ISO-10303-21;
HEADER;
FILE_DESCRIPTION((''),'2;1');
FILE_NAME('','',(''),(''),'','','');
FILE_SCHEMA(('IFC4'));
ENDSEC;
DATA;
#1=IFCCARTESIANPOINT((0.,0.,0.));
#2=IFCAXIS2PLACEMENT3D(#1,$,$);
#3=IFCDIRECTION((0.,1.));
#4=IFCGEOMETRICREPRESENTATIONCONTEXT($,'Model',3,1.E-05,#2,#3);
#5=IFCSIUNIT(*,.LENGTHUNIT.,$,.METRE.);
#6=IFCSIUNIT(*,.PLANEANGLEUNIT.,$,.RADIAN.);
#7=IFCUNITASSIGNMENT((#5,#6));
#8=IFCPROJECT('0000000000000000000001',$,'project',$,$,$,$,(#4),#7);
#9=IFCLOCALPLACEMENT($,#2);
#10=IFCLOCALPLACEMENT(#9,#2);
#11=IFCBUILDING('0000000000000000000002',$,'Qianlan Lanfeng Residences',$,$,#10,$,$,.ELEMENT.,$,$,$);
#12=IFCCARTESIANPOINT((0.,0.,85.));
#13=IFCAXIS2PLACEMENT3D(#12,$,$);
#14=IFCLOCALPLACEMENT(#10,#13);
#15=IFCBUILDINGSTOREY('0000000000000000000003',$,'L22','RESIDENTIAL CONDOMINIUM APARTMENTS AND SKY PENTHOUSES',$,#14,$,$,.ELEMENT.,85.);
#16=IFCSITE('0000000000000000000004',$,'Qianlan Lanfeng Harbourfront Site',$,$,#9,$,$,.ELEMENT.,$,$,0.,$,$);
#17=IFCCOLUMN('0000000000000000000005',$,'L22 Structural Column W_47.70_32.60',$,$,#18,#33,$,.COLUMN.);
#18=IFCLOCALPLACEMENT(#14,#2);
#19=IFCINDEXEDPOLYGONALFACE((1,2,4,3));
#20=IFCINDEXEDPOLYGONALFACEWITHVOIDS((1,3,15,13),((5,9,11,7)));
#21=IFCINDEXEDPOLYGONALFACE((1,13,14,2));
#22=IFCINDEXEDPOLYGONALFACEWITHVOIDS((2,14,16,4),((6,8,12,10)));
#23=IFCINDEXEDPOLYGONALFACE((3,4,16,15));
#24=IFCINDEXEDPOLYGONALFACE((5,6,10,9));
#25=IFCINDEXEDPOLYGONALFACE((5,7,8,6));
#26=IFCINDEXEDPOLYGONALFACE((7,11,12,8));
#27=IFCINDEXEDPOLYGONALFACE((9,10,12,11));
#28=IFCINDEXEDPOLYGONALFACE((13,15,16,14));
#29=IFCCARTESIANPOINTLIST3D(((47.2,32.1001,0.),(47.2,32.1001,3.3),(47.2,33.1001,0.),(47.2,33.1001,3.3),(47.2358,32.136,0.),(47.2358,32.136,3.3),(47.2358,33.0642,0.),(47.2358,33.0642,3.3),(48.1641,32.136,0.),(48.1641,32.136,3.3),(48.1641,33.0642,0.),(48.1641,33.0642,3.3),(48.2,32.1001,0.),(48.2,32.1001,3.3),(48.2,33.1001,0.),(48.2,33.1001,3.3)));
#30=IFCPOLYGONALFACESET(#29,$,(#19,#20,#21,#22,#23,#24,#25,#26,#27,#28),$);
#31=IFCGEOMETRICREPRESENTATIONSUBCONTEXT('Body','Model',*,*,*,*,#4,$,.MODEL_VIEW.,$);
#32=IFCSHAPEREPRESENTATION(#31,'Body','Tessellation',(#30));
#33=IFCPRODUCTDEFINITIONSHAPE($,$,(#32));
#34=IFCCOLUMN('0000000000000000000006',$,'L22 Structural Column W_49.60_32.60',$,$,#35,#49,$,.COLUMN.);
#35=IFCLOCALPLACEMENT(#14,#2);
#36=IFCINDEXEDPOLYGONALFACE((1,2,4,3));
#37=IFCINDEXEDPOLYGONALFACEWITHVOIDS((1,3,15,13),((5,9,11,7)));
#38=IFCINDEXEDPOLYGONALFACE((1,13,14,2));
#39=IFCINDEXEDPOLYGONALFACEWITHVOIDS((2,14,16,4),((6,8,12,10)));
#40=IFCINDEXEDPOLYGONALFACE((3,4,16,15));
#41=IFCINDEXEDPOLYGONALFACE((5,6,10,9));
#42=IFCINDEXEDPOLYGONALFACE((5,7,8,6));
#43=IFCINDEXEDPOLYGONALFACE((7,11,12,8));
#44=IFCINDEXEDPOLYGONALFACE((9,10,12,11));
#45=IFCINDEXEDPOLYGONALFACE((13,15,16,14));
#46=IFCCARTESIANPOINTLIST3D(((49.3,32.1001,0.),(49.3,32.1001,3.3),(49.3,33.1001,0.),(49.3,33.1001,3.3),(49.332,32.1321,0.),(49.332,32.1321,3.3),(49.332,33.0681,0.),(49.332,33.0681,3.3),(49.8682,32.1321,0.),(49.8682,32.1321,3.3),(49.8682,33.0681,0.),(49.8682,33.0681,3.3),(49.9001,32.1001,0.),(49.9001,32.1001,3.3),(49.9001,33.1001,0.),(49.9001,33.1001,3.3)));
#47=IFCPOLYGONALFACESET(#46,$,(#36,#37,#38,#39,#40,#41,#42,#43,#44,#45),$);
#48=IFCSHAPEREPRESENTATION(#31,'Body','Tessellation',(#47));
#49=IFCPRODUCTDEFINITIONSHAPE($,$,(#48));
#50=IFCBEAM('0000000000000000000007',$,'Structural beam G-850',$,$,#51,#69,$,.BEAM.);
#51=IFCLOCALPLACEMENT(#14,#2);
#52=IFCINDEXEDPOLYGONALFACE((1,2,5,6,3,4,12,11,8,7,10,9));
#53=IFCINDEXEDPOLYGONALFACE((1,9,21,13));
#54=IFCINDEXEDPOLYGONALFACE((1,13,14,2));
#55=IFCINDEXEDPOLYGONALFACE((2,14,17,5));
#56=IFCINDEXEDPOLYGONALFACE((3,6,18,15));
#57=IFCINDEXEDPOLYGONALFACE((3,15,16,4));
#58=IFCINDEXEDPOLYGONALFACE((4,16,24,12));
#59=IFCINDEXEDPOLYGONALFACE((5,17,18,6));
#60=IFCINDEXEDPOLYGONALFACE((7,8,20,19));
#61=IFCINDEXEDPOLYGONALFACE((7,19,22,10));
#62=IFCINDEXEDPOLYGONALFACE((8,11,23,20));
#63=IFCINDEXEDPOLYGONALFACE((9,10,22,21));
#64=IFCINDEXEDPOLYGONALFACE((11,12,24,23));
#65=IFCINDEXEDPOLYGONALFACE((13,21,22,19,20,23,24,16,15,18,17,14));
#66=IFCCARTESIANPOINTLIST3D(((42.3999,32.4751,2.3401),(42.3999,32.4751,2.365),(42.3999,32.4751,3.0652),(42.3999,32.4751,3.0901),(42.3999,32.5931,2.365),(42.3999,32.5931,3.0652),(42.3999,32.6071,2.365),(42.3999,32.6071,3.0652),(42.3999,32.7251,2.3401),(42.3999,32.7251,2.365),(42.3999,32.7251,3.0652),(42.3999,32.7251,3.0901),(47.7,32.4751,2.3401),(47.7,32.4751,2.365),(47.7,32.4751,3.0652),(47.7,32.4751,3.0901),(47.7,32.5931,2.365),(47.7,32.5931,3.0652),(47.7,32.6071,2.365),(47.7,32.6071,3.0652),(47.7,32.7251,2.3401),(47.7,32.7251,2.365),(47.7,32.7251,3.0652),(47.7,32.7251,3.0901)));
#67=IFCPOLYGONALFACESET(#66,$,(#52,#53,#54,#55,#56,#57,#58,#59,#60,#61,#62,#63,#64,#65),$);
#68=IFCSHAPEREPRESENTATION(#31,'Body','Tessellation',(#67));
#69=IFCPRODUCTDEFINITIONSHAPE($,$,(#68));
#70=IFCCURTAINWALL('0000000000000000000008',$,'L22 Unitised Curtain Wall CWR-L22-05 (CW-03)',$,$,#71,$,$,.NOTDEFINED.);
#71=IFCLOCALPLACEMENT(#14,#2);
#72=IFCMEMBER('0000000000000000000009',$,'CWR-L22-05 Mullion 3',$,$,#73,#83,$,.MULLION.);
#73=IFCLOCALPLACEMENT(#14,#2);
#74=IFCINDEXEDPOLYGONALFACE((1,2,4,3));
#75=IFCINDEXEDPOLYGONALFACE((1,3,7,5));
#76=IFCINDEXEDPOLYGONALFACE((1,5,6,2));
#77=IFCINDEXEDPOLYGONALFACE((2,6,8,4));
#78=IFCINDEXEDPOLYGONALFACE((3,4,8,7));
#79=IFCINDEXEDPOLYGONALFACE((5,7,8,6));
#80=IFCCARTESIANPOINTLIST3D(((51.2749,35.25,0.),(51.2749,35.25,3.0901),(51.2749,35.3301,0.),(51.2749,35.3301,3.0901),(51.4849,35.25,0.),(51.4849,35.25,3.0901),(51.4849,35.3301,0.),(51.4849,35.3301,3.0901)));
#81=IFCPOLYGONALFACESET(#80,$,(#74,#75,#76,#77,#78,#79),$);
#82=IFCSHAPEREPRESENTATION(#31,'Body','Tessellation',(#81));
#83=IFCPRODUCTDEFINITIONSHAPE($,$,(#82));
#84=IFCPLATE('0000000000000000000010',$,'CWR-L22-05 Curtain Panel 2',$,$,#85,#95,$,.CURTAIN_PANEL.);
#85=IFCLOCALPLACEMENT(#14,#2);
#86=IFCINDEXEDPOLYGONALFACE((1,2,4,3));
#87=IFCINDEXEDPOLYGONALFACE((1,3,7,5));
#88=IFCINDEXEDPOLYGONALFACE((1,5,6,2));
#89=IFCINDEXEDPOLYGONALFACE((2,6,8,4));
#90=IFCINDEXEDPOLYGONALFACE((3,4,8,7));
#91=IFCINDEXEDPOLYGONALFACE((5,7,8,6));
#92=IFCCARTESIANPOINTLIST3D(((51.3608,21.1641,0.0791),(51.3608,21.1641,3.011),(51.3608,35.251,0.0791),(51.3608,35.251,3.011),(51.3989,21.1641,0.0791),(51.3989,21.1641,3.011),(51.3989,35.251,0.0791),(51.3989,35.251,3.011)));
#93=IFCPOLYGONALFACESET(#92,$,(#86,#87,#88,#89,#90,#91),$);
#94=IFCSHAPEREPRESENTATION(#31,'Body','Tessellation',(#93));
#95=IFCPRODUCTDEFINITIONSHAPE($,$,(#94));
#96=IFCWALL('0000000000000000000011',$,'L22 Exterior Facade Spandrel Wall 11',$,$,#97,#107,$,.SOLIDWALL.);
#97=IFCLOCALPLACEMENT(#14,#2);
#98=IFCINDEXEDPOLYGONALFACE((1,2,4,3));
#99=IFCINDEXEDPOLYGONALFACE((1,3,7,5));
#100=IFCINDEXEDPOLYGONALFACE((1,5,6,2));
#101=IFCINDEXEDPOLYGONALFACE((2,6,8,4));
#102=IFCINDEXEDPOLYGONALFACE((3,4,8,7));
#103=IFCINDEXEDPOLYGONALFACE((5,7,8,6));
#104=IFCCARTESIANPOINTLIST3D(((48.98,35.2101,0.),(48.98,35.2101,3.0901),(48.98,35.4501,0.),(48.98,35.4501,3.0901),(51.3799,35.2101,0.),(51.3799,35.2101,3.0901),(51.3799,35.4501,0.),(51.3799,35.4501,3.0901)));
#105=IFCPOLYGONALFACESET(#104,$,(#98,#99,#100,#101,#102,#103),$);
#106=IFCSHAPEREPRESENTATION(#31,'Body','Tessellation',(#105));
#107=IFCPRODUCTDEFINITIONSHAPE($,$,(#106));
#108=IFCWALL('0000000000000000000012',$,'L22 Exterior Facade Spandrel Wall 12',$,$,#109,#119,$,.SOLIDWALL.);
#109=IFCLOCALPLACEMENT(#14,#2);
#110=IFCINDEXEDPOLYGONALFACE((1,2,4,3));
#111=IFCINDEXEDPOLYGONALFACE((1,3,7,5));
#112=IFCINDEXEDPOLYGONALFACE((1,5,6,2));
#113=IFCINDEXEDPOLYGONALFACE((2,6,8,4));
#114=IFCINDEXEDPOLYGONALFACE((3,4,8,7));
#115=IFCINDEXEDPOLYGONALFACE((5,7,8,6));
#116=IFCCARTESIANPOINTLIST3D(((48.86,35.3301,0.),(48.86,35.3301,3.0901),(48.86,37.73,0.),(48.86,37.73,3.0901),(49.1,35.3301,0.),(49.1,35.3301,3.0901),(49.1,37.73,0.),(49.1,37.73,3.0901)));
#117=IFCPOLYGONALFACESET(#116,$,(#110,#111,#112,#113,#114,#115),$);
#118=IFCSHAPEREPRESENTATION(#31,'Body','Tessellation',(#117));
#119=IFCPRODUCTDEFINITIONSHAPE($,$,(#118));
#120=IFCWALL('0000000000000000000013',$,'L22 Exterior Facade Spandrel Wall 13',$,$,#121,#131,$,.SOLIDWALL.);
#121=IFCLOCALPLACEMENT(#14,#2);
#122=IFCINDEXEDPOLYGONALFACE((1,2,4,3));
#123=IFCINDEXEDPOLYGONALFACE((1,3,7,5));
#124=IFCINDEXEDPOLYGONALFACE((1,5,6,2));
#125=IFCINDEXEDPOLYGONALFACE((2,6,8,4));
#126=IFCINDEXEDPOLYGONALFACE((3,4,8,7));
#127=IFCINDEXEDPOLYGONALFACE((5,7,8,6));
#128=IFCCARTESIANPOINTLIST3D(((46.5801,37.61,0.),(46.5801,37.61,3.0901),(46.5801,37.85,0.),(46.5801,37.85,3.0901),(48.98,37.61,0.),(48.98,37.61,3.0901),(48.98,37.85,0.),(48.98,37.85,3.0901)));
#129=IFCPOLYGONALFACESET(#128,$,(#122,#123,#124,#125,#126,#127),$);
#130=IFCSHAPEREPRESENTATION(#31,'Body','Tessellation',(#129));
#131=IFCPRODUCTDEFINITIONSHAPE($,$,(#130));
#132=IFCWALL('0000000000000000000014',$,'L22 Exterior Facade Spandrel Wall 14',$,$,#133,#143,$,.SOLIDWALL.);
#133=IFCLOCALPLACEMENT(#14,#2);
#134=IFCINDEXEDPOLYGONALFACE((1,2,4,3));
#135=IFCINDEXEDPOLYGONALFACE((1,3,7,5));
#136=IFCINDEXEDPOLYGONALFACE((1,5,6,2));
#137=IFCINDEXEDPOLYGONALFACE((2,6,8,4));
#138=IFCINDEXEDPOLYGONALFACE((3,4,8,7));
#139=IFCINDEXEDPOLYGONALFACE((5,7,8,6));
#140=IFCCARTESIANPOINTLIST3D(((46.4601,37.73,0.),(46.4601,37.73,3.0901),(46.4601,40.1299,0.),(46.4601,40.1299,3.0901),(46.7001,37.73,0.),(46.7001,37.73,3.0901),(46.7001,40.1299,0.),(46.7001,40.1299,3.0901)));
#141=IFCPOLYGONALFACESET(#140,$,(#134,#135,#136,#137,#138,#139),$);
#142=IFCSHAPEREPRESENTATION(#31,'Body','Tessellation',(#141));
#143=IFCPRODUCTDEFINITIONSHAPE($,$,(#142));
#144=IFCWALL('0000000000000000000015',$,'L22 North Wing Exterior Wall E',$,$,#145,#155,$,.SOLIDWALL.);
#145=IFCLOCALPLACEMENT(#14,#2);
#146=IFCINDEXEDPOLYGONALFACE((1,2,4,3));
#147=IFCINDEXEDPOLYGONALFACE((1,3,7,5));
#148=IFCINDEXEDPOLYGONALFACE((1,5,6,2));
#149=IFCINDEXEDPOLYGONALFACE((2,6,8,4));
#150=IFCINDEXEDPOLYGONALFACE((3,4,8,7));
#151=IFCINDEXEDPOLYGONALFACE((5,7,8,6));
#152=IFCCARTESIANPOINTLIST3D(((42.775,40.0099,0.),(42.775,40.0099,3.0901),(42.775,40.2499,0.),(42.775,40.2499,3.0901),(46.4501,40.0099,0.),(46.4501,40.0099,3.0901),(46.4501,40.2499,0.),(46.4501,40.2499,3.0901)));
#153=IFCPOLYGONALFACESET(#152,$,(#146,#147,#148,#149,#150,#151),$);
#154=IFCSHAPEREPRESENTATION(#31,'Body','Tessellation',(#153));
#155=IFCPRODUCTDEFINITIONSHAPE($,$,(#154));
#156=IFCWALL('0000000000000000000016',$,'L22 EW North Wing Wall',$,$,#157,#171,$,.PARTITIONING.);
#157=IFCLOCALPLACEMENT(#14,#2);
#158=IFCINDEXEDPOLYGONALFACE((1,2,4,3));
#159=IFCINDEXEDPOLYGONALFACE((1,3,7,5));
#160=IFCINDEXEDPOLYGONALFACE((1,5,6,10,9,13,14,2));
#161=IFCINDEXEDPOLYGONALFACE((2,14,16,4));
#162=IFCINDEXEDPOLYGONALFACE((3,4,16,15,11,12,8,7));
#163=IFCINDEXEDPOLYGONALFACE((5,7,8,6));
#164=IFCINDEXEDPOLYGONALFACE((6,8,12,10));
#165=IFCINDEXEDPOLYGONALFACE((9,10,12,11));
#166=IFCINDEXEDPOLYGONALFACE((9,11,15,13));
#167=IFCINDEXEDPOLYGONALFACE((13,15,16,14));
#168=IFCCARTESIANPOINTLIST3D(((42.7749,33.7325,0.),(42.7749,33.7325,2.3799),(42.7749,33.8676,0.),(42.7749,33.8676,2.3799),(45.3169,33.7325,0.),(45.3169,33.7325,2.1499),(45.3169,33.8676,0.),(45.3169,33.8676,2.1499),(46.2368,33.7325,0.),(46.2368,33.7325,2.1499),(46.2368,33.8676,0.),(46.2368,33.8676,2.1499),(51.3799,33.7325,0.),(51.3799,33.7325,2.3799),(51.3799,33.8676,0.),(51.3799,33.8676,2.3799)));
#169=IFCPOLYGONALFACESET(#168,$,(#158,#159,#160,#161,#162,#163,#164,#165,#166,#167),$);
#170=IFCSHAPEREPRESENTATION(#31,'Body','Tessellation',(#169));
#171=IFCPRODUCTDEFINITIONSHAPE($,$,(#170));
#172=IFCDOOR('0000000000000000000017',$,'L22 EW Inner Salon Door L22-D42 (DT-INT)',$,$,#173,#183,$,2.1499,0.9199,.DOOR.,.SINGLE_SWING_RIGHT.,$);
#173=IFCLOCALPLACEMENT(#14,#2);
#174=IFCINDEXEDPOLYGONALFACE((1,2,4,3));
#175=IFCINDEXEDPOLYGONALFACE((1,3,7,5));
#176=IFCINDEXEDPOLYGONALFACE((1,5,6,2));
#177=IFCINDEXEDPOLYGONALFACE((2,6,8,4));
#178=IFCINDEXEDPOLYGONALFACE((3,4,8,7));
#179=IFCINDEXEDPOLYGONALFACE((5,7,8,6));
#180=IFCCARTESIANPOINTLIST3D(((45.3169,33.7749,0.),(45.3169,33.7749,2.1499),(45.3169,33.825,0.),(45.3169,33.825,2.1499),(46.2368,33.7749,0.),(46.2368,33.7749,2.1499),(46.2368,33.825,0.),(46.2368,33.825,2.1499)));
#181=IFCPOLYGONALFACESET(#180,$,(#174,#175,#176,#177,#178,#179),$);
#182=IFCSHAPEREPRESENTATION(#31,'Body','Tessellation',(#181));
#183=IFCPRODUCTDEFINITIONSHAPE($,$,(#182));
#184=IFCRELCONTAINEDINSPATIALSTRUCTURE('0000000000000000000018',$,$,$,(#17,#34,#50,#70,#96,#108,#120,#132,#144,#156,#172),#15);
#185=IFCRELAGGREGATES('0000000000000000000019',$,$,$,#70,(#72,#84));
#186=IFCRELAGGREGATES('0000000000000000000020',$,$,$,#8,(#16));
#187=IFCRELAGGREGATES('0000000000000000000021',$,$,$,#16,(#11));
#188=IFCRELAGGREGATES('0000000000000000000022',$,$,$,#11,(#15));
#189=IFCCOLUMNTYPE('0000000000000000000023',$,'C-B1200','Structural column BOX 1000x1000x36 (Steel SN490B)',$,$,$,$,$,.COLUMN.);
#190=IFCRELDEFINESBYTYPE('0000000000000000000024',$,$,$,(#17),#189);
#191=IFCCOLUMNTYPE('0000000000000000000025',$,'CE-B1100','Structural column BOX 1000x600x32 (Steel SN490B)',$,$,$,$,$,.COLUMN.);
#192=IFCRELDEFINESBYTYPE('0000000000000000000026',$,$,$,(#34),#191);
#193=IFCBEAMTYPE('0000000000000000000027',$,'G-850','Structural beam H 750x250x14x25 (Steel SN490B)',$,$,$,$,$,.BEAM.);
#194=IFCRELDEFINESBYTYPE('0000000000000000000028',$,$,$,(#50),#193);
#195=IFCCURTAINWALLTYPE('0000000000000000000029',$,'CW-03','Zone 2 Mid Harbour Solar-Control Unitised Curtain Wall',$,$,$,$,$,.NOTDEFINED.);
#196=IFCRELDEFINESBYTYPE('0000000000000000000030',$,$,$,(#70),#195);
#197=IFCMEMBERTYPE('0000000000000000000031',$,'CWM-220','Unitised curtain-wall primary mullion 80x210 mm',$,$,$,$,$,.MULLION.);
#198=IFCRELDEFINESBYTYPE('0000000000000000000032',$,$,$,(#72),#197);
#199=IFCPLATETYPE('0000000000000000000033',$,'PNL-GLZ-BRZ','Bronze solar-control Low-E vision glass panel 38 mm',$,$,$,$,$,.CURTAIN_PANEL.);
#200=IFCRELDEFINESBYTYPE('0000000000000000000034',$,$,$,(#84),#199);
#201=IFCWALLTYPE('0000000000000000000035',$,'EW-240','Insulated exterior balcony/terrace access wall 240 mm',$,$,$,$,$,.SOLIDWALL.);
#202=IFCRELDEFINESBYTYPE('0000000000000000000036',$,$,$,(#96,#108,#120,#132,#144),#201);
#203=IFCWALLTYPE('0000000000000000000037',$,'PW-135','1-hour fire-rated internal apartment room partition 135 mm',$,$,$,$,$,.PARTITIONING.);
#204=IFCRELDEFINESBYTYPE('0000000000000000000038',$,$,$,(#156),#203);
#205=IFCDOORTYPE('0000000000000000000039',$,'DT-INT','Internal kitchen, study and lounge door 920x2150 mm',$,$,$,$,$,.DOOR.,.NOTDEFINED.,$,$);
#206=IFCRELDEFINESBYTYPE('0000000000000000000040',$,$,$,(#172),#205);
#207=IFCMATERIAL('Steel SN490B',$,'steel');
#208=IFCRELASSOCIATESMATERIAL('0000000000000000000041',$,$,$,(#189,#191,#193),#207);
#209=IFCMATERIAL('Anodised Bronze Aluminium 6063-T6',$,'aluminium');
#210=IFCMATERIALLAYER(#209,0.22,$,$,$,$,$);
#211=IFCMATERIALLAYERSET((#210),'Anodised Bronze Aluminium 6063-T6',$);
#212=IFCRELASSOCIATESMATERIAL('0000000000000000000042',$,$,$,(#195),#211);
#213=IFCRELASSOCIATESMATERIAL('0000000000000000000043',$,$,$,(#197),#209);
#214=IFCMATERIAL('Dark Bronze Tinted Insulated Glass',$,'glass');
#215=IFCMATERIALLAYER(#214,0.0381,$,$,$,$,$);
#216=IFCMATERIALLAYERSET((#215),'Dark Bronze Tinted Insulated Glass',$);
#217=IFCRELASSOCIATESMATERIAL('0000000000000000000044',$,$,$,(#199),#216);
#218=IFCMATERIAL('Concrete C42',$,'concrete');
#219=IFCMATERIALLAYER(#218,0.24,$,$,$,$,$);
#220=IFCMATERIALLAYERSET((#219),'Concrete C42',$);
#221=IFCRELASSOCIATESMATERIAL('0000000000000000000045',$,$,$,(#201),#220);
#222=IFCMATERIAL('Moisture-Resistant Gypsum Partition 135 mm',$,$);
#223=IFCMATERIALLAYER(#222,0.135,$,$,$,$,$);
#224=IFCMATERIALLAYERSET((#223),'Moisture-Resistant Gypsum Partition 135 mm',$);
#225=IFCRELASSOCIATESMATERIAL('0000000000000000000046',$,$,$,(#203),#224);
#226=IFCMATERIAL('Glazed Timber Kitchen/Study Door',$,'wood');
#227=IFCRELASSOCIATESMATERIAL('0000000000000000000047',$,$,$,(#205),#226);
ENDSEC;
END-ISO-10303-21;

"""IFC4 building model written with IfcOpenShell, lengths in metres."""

from ifc_helpers import new_model, si_unit, direction, frame, frame_2d, origin, origin_2d, place, context, subcontext, project, spatial, rectangle, hollow_rectangle, i_section, extrude, source, transform, mapped, material, layer, layer_set, material_profile, profile_set, type_object, element, fill, aggregate, save


model = new_model("IFC4")

# Units and contexts
model_context = context("Model", 3, precision=1e-05, world=origin(), true_north=direction((0.0, 1.0)))
body_context = subcontext(model_context, "Body", "Model", "MODEL_VIEW")
ifc_project = project(units=[si_unit("LENGTHUNIT", "METRE"), si_unit("PLANEANGLEUNIT", "RADIAN")], contexts=[model_context])

# Site, building, storey
site_placement = place(None, origin())
site = spatial("IfcSite", under=ifc_project, at=site_placement, Name="Qianlan Lanfeng Harbourfront Site", CompositionType="ELEMENT", RefElevation=0.0)
building_placement = place(site_placement, origin())
building = spatial("IfcBuilding", under=site, at=building_placement, Name="Qianlan Lanfeng Residences", CompositionType="ELEMENT")
storey_placement = place(building_placement, frame((0.0, 0.0, 85.0)))
storey = spatial("IfcBuildingStorey", under=building, at=storey_placement, Name="L22", Description="RESIDENTIAL CONDOMINIUM APARTMENTS AND SKY PENTHOUSES", CompositionType="ELEMENT", Elevation=85.0)

# Columns
ifc_material_1 = material(Name="Steel SN490B", Category="steel")
ifc_material_profile_1 = material_profile(ifc_material_1, hollow_rectangle(XDim=1.0, YDim=1.0, WallThickness=0.0359, at=origin_2d()), Name="BOX 1000x1000x36")
ifc_profile_set_1 = profile_set([ifc_material_profile_1], Name="Steel SN490B")
column_type_1 = type_object("IfcColumnType", Name="C-B1200", Description="Structural column BOX 1000x1000x36 (Steel SN490B)", PredefinedType="COLUMN", material=ifc_profile_set_1)
column_1_placement = place(storey_placement, frame((47.7, 32.6001, 0.0), z_axis=(0.0, 0.0, 1.0), x_axis=(1.0, 0.0, 0.0)))
element("IfcColumn", 1, at=column_1_placement, inside=storey, type_object=column_type_1, Name="L22 Structural Column W_47.70_32.60", PredefinedType="COLUMN", context=body_context, shape_type="SweptSolid", body=[
    extrude(hollow_rectangle(XDim=1.0, YDim=1.0, WallThickness=0.0359, at=origin_2d()), origin(), (0.0, 0.0, 1.0), 3.3),
])
ifc_material_profile_2 = material_profile(ifc_material_1, hollow_rectangle(XDim=0.6001, YDim=1.0, WallThickness=0.032, at=origin_2d()), Name="BOX 1000x600x32")
ifc_profile_set_2 = profile_set([ifc_material_profile_2], Name="Steel SN490B")
column_type_2 = type_object("IfcColumnType", Name="CE-B1100", Description="Structural column BOX 1000x600x32 (Steel SN490B)", PredefinedType="COLUMN", material=ifc_profile_set_2)
column_2_placement = place(storey_placement, frame((49.6001, 32.6001, 0.0), z_axis=(0.0, 0.0, 1.0), x_axis=(1.0, 0.0, 0.0)))
element("IfcColumn", 2, at=column_2_placement, inside=storey, type_object=column_type_2, Name="L22 Structural Column W_49.60_32.60", PredefinedType="COLUMN", context=body_context, shape_type="SweptSolid", body=[
    extrude(hollow_rectangle(XDim=0.6001, YDim=1.0, WallThickness=0.032, at=origin_2d()), origin(), (0.0, 0.0, 1.0), 3.3),
])

# Beam
ifc_material_profile_3 = material_profile(ifc_material_1, i_section(OverallWidth=0.25, OverallDepth=0.75, WebThickness=0.0139, FlangeThickness=0.0249, at=origin_2d()), Name="H 750x250x14x25")
ifc_profile_set_3 = profile_set([ifc_material_profile_3], Name="Steel SN490B")
beam_type = type_object("IfcBeamType", Name="G-850", Description="Structural beam H 750x250x14x25 (Steel SN490B)", PredefinedType="BEAM", material=ifc_profile_set_3)
beam_placement = place(storey_placement, frame((42.3999, 32.6001, 2.7151), z_axis=(1.0, 0.0, 0.0), x_axis=(0.0, 1.0, 0.0)))
element("IfcBeam", 3, at=beam_placement, inside=storey, type_object=beam_type, Name="Structural beam G-850", PredefinedType="BEAM", context=body_context, shape_type="SweptSolid", body=[
    extrude(i_section(OverallWidth=0.25, OverallDepth=0.75, WebThickness=0.0139, FlangeThickness=0.0249, at=origin_2d()), origin(), (0.0, 0.0, 1.0), 5.3),
])

# Curtain wall, member, plate
ifc_material_2 = material(Name="Anodised Bronze Aluminium 6063-T6", Category="aluminium")
ifc_layer_1 = layer(ifc_material_2, 0.22)
ifc_layer_set_1 = layer_set([ifc_layer_1], Name="Anodised Bronze Aluminium 6063-T6")
curtain_wall_type = type_object("IfcCurtainWallType", Name="CW-03", Description="Zone 2 Mid Harbour Solar-Control Unitised Curtain Wall", PredefinedType="NOTDEFINED", material=ifc_layer_set_1)
curtain_wall_placement = place(storey_placement, origin())
curtain_wall = element("IfcCurtainWall", 4, at=curtain_wall_placement, inside=storey, type_object=curtain_wall_type, Name="L22 Unitised Curtain Wall CWR-L22-05 (CW-03)", PredefinedType="NOTDEFINED")
ifc_material_profile_4 = material_profile(ifc_material_2, rectangle(XDim=0.0801, YDim=0.21, at=origin_2d()), Name="ALU MULLION 80x210")
ifc_profile_set_4 = profile_set([ifc_material_profile_4], Name="Anodised Bronze Aluminium 6063-T6")
member_type = type_object("IfcMemberType", Name="CWM-220", Description="Unitised curtain-wall primary mullion 80x210 mm", PredefinedType="MULLION", material=ifc_profile_set_4)
shared_shape_1 = source(origin(), body_context, "Body", "SweptSolid", [
    extrude(rectangle(XDim=0.0801, YDim=0.21, at=origin_2d()), origin(), (0.0, 0.0, 1.0), 3.0901),
])
member_placement = place(storey_placement, frame((51.3799, 35.29, 0.0), z_axis=(0.0, 0.0, 1.0), x_axis=(0.0, 1.0, 0.0)))
member = element("IfcMember", 5, at=member_placement, type_object=member_type, Name="CWR-L22-05 Mullion 3", PredefinedType="MULLION", context=body_context, shape_type="MappedRepresentation", body=[
    mapped(shared_shape_1, transform((0.0, 0.0, 0.0), scale=1.0)),
])
ifc_material_3 = material(Name="Dark Bronze Tinted Insulated Glass", Category="glass")
ifc_layer_2 = layer(ifc_material_3, 0.0381)
ifc_layer_set_2 = layer_set([ifc_layer_2], Name="Dark Bronze Tinted Insulated Glass")
plate_type = type_object("IfcPlateType", Name="PNL-GLZ-BRZ", Description="Bronze solar-control Low-E vision glass panel 38 mm", PredefinedType="CURTAIN_PANEL", material=ifc_layer_set_2)
shared_shape_2 = source(origin(), body_context, "Body", "SweptSolid", [
    extrude(rectangle(XDim=14.0869, YDim=0.0381, at=origin_2d()), origin(), (0.0, 0.0, 1.0), 2.9319),
])
plate_placement = place(storey_placement, frame((51.3799, 28.2075, 0.0791), z_axis=(0.0, 0.0, 1.0), x_axis=(0.0, 1.0, 0.0)))
plate = element("IfcPlate", 6, at=plate_placement, type_object=plate_type, Name="CWR-L22-05 Curtain Panel 2", PredefinedType="CURTAIN_PANEL", context=body_context, shape_type="MappedRepresentation", body=[
    mapped(shared_shape_2, transform((0.0, 0.0, 0.0), scale=1.0)),
])
aggregate(curtain_wall, [member, plate])

# Walls
ifc_material_4 = material(Name="Concrete C42", Category="concrete")
ifc_layer_3 = layer(ifc_material_4, 0.24)
ifc_layer_set_3 = layer_set([ifc_layer_3], Name="Concrete C42")
wall_type_1 = type_object("IfcWallType", Name="EW-240", Description="Insulated exterior balcony/terrace access wall 240 mm", PredefinedType="SOLIDWALL", material=ifc_layer_set_3)
for number, where, z_axis, x_axis, name in (
    (7, (51.3799, 35.3301, 0.0), (0.0, 0.0, 1.0), (-1.0, 0.0, 0.0), "L22 Exterior Facade Spandrel Wall 11"),
    (8, (48.98, 35.3301, 0.0), (0.0, 0.0, 1.0), (0.0, 1.0, 0.0), "L22 Exterior Facade Spandrel Wall 12"),
    (9, (48.98, 37.73, 0.0), (0.0, 0.0, 1.0), (-1.0, 0.0, 0.0), "L22 Exterior Facade Spandrel Wall 13"),
    (10, (46.5801, 37.73, 0.0), (0.0, 0.0, 1.0), (0.0, 1.0, 0.0), "L22 Exterior Facade Spandrel Wall 14"),
):
    element("IfcWall", number, at=place(storey_placement, frame(where, z_axis=z_axis, x_axis=x_axis)), inside=storey, type_object=wall_type_1, Name=name, PredefinedType="SOLIDWALL", context=body_context, shape_type="SweptSolid", body=[
        extrude(rectangle(XDim=2.3999, YDim=0.24, at=frame_2d((1.2, 0.0))), origin(), (0.0, 0.0, 1.0), 3.0901),
    ])
wall_1_placement = place(storey_placement, frame((46.45, 40.1299, 0.0), z_axis=(0.0, 0.0, 1.0), x_axis=(-1.0, 0.0, 0.0)))
element("IfcWall", 11, at=wall_1_placement, inside=storey, type_object=wall_type_1, Name="L22 North Wing Exterior Wall E", PredefinedType="SOLIDWALL", context=body_context, shape_type="SweptSolid", body=[
    extrude(rectangle(XDim=3.675, YDim=0.24, at=frame_2d((1.8374, 0.0))), origin(), (0.0, 0.0, 1.0), 3.0901),
])

# Wall, opening, door
ifc_material_5 = material(Name="Moisture-Resistant Gypsum Partition 135 mm")
ifc_layer_4 = layer(ifc_material_5, 0.135)
ifc_layer_set_4 = layer_set([ifc_layer_4], Name="Moisture-Resistant Gypsum Partition 135 mm")
wall_type_2 = type_object("IfcWallType", Name="PW-135", Description="1-hour fire-rated internal apartment room partition 135 mm", PredefinedType="PARTITIONING", material=ifc_layer_set_4)
wall_2_placement = place(storey_placement, frame((42.7749, 33.8, 0.0), z_axis=(0.0, 0.0, 1.0), x_axis=(1.0, 0.0, 0.0)))
wall_2 = element("IfcWall", 12, at=wall_2_placement, inside=storey, type_object=wall_type_2, Name="L22 EW North Wing Wall", PredefinedType="PARTITIONING", context=body_context, shape_type="SweptSolid", body=[
    extrude(rectangle(XDim=8.605, YDim=0.135, at=frame_2d((4.3025, 0.0))), origin(), (0.0, 0.0, 1.0), 2.3799),
])
opening_placement = place(wall_2_placement, frame((2.542, 0.0, 0.0)))
opening = element("IfcOpeningElement", 13, at=opening_placement, cuts=wall_2, PredefinedType="OPENING", context=body_context, shape_type="SweptSolid", body=[
    extrude(rectangle(XDim=0.9199, YDim=2.1499, at=frame_2d((0.46, 1.075))), frame((0.0, 0.0776, 0.0), z_axis=(0.0, -1.0, 0.0), x_axis=(1.0, 0.0, 0.0)), (0.0, 0.0, 1.0), 0.155),
])
ifc_material_6 = material(Name="Glazed Timber Kitchen/Study Door", Category="wood")
door_type = type_object("IfcDoorType", Name="DT-INT", Description="Internal kitchen, study and lounge door 920x2150 mm", OperationType="NOTDEFINED", PredefinedType="DOOR", material=ifc_material_6)
door_placement = place(opening_placement, origin())
door = element("IfcDoor", 14, at=door_placement, inside=storey, type_object=door_type, Name="L22 EW Inner Salon Door L22-D42 (DT-INT)", OperationType="SINGLE_SWING_RIGHT", OverallHeight=2.1499, OverallWidth=0.9199, PredefinedType="DOOR", context=body_context, shape_type="SweptSolid", body=[
    extrude(rectangle(XDim=0.9199, YDim=2.1499, at=frame_2d((0.46, 1.075))), frame((0.0, 0.0249, 0.0), z_axis=(0.0, -1.0, 0.0), x_axis=(1.0, 0.0, 0.0)), (0.0, 0.0, 1.0), 0.05),
])
fill(opening, door)

save(model, "model.ifc")
